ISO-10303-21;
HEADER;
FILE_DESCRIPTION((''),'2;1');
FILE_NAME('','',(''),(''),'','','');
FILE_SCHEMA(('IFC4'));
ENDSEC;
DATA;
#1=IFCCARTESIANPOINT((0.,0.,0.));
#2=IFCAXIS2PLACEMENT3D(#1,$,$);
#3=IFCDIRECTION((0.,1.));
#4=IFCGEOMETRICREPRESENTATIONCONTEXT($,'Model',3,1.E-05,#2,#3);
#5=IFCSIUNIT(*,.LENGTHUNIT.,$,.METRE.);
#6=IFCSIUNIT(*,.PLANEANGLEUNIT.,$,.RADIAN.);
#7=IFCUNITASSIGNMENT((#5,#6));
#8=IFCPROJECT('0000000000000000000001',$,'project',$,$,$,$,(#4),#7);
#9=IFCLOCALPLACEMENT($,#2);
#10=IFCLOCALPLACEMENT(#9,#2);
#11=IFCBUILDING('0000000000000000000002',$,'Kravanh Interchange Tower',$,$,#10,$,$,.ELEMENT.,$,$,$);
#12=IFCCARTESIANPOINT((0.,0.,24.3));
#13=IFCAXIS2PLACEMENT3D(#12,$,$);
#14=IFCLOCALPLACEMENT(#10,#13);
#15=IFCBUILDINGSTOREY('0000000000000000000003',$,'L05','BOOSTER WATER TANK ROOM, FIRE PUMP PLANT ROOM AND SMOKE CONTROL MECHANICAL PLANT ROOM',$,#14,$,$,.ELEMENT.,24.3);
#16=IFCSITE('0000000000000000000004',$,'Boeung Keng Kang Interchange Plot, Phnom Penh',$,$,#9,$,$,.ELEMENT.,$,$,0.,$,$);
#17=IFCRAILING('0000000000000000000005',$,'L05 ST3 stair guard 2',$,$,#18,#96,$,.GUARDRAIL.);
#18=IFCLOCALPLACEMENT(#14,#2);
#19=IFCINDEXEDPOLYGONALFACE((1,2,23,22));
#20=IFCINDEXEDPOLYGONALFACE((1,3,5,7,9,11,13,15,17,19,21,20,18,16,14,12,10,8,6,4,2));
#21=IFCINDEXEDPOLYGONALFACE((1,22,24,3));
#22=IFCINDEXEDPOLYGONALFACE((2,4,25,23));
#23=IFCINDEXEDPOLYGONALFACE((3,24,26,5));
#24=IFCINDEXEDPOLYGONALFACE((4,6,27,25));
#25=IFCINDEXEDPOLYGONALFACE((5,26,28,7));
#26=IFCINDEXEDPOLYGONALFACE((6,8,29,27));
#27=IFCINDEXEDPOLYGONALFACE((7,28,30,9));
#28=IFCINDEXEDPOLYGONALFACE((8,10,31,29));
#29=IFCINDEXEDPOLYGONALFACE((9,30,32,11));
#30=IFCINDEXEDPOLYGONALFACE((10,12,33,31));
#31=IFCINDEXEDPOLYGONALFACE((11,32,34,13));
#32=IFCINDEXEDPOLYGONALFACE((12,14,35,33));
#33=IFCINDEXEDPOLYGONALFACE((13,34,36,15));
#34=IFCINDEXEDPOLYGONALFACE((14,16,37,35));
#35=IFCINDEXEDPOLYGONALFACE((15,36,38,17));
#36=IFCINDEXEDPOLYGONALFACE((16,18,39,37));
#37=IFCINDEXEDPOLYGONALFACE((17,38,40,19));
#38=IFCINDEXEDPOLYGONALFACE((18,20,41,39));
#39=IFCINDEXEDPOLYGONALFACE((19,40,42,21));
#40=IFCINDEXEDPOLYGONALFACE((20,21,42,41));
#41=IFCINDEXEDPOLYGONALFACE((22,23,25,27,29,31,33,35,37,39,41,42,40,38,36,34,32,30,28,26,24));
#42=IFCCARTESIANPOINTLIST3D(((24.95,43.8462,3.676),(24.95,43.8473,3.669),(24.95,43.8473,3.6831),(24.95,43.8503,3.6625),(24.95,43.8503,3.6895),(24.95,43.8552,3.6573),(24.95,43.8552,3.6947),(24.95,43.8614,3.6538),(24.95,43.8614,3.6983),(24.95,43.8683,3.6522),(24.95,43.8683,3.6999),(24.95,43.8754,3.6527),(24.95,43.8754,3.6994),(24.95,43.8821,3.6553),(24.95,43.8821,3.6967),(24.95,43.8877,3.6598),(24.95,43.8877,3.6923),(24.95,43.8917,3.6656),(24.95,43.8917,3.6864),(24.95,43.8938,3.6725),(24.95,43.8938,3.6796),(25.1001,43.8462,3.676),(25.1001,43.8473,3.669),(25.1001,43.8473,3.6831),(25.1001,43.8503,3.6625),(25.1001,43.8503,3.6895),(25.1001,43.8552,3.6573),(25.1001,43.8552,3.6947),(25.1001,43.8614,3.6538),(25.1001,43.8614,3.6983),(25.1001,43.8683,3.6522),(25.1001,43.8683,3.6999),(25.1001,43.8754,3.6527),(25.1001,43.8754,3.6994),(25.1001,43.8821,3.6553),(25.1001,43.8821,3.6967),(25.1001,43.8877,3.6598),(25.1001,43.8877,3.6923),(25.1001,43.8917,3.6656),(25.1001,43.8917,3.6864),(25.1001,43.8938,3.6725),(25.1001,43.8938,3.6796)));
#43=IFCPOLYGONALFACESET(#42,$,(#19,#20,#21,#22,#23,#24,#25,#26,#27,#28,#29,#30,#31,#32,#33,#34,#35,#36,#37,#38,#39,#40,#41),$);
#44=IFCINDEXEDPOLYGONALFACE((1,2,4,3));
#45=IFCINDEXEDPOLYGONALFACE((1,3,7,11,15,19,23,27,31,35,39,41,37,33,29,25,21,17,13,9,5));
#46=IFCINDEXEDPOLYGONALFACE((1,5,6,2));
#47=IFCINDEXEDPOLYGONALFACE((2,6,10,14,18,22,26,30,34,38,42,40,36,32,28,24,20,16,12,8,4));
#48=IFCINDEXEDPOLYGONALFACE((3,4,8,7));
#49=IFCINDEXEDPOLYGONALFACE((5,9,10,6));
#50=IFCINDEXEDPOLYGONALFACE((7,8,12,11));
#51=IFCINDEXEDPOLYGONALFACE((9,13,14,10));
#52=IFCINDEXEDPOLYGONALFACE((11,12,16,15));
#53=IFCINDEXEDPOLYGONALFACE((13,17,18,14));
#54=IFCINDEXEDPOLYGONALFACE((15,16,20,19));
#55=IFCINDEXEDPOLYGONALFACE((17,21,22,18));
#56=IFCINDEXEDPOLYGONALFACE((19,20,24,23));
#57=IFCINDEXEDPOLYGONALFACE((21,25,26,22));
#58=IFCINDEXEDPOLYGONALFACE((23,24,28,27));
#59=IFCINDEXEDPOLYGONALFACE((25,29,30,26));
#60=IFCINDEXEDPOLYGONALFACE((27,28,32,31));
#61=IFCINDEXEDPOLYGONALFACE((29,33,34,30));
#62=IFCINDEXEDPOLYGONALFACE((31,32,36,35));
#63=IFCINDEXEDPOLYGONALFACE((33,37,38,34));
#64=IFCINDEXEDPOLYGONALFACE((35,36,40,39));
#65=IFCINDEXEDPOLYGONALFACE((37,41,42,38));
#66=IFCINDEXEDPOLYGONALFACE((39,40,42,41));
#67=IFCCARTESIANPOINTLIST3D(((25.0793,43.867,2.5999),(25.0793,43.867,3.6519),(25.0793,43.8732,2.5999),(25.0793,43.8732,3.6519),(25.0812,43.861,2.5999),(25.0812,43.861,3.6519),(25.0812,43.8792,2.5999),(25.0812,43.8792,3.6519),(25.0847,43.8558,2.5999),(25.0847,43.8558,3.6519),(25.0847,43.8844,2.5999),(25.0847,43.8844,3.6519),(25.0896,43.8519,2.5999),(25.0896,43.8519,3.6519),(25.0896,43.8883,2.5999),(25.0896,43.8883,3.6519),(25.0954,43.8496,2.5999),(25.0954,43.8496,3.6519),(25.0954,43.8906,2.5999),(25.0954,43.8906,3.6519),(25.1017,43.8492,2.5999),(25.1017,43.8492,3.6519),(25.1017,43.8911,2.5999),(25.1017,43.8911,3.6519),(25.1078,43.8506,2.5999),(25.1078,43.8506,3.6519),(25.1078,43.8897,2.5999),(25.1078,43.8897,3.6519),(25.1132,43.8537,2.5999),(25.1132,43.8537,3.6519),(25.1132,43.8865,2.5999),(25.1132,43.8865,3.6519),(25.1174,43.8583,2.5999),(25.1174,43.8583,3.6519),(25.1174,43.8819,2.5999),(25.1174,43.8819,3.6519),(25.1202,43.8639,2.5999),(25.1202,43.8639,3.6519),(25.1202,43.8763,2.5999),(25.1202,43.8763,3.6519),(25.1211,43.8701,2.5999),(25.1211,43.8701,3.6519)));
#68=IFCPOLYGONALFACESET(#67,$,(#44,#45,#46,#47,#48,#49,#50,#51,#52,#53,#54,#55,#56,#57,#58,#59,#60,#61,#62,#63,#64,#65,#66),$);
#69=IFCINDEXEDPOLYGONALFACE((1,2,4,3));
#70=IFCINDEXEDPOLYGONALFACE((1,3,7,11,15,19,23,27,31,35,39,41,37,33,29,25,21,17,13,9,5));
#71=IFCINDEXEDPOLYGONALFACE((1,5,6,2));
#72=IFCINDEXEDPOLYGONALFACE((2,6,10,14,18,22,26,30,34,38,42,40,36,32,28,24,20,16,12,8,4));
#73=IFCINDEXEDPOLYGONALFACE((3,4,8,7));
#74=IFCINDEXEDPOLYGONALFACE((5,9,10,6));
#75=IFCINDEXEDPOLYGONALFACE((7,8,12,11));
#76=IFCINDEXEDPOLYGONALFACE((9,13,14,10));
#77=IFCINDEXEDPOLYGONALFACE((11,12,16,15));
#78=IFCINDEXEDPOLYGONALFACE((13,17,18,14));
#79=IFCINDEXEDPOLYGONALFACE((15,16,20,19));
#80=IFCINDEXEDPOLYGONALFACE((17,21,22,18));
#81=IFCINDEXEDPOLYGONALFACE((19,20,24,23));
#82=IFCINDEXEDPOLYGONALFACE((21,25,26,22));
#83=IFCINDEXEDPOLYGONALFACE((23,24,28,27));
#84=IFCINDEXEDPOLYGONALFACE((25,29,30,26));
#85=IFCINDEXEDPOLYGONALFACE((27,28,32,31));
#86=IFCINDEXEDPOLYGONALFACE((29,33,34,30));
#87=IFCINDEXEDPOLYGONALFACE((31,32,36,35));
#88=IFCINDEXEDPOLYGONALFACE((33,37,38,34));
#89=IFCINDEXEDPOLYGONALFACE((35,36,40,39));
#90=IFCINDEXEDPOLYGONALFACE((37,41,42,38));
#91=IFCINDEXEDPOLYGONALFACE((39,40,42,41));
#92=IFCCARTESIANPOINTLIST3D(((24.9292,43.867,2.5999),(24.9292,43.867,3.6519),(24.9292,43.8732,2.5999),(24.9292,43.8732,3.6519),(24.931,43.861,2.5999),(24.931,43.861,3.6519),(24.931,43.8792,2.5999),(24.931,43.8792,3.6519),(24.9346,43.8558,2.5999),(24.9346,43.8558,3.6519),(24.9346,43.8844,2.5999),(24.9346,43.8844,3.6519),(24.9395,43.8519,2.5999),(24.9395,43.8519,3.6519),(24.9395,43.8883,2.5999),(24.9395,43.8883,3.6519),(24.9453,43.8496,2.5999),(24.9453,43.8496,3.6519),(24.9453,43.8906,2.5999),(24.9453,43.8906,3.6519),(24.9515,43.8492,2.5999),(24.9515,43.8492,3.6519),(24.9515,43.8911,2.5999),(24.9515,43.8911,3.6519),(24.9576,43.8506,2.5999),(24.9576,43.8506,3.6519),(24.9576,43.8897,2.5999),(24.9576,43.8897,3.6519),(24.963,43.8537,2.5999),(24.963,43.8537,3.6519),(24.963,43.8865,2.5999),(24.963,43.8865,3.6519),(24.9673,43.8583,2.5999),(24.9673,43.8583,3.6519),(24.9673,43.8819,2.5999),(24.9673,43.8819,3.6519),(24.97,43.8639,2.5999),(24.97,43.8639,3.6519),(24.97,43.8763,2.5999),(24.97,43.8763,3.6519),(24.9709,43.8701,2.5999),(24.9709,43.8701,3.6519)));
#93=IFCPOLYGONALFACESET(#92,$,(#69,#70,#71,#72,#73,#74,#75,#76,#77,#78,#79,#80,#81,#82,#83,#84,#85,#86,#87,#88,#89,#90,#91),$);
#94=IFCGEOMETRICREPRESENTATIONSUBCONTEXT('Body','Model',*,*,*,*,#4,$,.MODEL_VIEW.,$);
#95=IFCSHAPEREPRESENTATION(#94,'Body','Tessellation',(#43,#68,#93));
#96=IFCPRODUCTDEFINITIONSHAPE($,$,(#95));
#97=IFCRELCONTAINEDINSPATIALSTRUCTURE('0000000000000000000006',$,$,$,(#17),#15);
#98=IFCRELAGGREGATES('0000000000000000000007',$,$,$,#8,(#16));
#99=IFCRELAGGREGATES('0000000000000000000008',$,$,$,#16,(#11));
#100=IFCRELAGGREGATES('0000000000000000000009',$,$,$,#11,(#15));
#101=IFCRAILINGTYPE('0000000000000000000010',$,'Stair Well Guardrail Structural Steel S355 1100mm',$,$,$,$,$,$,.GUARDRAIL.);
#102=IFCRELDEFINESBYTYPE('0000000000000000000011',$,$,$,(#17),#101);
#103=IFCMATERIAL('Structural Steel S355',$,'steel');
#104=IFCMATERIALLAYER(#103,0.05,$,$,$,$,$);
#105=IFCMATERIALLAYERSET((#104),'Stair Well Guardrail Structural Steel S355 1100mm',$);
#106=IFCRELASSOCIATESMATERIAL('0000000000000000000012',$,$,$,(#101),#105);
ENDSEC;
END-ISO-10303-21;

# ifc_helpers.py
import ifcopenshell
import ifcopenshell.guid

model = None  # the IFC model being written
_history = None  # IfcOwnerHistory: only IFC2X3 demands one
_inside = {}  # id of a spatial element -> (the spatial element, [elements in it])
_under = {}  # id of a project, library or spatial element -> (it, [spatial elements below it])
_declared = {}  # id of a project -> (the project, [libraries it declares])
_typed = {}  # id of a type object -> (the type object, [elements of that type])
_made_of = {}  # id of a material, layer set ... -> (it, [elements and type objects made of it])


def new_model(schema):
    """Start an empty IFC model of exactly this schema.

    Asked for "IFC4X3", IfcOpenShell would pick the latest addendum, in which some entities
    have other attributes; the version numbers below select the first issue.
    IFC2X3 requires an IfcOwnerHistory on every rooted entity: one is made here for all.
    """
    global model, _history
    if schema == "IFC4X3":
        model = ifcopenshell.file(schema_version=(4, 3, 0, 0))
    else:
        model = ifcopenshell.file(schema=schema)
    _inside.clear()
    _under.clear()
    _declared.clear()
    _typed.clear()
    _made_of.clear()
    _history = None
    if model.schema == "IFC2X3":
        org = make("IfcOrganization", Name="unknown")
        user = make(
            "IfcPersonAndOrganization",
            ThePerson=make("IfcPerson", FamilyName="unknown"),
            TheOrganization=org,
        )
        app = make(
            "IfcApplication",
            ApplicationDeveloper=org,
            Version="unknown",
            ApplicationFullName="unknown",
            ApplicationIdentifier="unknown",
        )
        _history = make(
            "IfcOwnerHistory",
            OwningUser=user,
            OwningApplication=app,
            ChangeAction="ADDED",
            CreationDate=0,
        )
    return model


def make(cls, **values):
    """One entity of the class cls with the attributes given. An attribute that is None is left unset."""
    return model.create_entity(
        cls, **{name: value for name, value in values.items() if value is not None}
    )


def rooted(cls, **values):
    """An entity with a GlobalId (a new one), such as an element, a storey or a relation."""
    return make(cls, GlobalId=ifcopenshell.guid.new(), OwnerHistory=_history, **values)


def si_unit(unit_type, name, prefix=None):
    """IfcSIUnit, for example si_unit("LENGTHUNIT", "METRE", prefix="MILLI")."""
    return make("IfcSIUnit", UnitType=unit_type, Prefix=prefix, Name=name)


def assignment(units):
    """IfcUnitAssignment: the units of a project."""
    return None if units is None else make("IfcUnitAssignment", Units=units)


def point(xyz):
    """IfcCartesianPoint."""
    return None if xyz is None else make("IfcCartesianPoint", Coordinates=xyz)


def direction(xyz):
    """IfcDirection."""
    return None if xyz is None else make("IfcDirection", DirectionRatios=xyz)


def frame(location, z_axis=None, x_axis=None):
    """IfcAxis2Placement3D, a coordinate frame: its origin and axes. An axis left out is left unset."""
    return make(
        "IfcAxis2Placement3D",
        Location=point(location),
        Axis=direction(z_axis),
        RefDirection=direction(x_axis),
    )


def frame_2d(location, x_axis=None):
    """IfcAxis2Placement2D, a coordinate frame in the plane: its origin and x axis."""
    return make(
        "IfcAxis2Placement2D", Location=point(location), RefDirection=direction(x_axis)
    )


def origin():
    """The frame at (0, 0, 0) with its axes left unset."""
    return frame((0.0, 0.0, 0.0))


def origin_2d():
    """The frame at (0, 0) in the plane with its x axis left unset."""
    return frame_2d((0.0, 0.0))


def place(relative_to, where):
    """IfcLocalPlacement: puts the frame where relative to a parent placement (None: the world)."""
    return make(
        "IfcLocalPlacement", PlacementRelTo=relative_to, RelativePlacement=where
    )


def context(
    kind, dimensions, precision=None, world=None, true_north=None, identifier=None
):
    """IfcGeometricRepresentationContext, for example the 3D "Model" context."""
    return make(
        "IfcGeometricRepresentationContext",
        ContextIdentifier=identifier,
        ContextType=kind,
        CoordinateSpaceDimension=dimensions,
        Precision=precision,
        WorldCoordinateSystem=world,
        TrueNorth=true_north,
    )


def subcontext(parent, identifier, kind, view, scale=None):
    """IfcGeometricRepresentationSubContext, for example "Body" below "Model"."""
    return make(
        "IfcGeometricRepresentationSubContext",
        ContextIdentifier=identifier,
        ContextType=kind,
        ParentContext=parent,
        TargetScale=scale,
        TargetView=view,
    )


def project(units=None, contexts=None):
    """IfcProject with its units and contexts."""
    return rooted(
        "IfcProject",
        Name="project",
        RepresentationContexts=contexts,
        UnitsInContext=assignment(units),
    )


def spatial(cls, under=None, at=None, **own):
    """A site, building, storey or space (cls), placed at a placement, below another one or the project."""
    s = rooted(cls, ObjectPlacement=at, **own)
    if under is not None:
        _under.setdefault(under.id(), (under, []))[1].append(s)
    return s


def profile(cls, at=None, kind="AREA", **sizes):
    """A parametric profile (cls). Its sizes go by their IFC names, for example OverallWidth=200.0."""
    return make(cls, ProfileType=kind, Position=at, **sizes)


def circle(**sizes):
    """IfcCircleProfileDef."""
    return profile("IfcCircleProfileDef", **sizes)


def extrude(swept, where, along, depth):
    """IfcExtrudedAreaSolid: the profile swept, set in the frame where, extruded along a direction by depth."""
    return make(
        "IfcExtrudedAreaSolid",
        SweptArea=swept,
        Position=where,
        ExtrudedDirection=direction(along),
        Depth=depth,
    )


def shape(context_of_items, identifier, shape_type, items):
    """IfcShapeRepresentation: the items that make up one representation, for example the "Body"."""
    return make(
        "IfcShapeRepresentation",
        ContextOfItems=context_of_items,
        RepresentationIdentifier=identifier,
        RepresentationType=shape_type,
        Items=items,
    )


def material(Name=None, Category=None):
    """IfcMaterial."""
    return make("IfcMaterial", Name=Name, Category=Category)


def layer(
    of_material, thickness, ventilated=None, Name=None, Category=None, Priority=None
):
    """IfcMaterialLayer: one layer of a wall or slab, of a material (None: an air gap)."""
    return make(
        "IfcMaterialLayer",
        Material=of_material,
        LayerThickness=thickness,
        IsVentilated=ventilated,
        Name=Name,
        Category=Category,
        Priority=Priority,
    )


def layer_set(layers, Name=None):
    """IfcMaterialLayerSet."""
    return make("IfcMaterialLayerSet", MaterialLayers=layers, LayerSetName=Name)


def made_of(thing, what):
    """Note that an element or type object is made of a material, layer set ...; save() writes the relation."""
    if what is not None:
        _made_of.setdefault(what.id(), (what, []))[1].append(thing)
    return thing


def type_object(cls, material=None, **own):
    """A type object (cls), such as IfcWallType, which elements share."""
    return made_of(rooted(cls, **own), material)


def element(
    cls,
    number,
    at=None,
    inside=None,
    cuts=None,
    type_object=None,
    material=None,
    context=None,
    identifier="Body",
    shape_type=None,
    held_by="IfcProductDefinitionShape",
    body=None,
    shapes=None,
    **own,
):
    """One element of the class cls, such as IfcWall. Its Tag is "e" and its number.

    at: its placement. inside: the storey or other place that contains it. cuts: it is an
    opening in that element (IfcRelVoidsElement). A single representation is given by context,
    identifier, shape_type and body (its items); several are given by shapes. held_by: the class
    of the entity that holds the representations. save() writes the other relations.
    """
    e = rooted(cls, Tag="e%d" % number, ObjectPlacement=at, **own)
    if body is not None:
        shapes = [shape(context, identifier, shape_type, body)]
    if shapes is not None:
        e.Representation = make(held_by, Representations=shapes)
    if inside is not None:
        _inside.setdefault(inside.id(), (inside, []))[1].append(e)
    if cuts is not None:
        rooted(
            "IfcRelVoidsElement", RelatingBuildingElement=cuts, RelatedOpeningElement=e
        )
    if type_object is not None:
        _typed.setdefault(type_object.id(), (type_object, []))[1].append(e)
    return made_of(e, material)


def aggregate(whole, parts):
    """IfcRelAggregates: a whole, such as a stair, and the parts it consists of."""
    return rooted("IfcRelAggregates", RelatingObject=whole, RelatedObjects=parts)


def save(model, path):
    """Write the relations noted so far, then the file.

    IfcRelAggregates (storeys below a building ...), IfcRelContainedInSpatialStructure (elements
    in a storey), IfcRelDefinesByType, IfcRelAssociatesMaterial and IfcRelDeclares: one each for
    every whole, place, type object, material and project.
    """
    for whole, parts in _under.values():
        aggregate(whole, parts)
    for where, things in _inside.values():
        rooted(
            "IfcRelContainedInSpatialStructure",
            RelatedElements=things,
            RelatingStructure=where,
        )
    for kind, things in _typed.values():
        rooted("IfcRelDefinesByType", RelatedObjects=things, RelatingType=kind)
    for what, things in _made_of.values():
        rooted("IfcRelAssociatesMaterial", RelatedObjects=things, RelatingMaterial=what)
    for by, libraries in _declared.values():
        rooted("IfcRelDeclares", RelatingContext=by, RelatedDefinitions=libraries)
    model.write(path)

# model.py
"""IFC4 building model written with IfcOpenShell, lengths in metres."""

from ifc_helpers import new_model, si_unit, direction, frame, origin, origin_2d, place, context, subcontext, project, spatial, circle, extrude, material, layer, layer_set, type_object, element, save


model = new_model("IFC4")

# Units and contexts
model_context = context("Model", 3, precision=1e-05, world=origin(), true_north=direction((0.0, 1.0)))
body_context = subcontext(model_context, "Body", "Model", "MODEL_VIEW")
ifc_project = project(units=[si_unit("LENGTHUNIT", "METRE"), si_unit("PLANEANGLEUNIT", "RADIAN")], contexts=[model_context])

# Site, building, storey
site_placement = place(None, origin())
site = spatial("IfcSite", under=ifc_project, at=site_placement, Name="Boeung Keng Kang Interchange Plot, Phnom Penh", CompositionType="ELEMENT", RefElevation=0.0)
building_placement = place(site_placement, origin())
building = spatial("IfcBuilding", under=site, at=building_placement, Name="Kravanh Interchange Tower", CompositionType="ELEMENT")
storey_placement = place(building_placement, frame((0.0, 0.0, 24.3)))
storey = spatial("IfcBuildingStorey", under=building, at=storey_placement, Name="L05", Description="BOOSTER WATER TANK ROOM, FIRE PUMP PLANT ROOM AND SMOKE CONTROL MECHANICAL PLANT ROOM", CompositionType="ELEMENT", Elevation=24.3)

# Railing
ifc_material_1 = material(Name="Structural Steel S355", Category="steel")
ifc_layer_1 = layer(ifc_material_1, 0.05)
ifc_layer_set_1 = layer_set([ifc_layer_1], Name="Stair Well Guardrail Structural Steel S355 1100mm")
railing_type_1 = type_object("IfcRailingType", Name="Stair Well Guardrail Structural Steel S355 1100mm", PredefinedType="GUARDRAIL", material=ifc_layer_set_1)
railing_1_placement = place(storey_placement, frame((25.1001, 43.8701, 2.5999)))
element("IfcRailing", 1, at=railing_1_placement, inside=storey, type_object=railing_type_1, Name="L05 ST3 stair guard 2", PredefinedType="GUARDRAIL", context=body_context, shape_type="SweptSolid", body=[
    extrude(circle(Radius=0.0239, at=origin_2d()), frame((0.0, 0.0, 1.0762), z_axis=(-1.0, 0.0, 0.0), x_axis=(0.0, -1.0, 0.0)), (0.0, 0.0, 1.0), 0.1501),
    extrude(circle(Radius=0.021, at=origin_2d()), origin(), (0.0, 0.0, 1.0), 1.052),
    extrude(circle(Radius=0.021, at=origin_2d()), frame((-0.1501, 0.0, 0.0)), (0.0, 0.0, 1.0), 1.052),
])

save(model, "model.ifc")
